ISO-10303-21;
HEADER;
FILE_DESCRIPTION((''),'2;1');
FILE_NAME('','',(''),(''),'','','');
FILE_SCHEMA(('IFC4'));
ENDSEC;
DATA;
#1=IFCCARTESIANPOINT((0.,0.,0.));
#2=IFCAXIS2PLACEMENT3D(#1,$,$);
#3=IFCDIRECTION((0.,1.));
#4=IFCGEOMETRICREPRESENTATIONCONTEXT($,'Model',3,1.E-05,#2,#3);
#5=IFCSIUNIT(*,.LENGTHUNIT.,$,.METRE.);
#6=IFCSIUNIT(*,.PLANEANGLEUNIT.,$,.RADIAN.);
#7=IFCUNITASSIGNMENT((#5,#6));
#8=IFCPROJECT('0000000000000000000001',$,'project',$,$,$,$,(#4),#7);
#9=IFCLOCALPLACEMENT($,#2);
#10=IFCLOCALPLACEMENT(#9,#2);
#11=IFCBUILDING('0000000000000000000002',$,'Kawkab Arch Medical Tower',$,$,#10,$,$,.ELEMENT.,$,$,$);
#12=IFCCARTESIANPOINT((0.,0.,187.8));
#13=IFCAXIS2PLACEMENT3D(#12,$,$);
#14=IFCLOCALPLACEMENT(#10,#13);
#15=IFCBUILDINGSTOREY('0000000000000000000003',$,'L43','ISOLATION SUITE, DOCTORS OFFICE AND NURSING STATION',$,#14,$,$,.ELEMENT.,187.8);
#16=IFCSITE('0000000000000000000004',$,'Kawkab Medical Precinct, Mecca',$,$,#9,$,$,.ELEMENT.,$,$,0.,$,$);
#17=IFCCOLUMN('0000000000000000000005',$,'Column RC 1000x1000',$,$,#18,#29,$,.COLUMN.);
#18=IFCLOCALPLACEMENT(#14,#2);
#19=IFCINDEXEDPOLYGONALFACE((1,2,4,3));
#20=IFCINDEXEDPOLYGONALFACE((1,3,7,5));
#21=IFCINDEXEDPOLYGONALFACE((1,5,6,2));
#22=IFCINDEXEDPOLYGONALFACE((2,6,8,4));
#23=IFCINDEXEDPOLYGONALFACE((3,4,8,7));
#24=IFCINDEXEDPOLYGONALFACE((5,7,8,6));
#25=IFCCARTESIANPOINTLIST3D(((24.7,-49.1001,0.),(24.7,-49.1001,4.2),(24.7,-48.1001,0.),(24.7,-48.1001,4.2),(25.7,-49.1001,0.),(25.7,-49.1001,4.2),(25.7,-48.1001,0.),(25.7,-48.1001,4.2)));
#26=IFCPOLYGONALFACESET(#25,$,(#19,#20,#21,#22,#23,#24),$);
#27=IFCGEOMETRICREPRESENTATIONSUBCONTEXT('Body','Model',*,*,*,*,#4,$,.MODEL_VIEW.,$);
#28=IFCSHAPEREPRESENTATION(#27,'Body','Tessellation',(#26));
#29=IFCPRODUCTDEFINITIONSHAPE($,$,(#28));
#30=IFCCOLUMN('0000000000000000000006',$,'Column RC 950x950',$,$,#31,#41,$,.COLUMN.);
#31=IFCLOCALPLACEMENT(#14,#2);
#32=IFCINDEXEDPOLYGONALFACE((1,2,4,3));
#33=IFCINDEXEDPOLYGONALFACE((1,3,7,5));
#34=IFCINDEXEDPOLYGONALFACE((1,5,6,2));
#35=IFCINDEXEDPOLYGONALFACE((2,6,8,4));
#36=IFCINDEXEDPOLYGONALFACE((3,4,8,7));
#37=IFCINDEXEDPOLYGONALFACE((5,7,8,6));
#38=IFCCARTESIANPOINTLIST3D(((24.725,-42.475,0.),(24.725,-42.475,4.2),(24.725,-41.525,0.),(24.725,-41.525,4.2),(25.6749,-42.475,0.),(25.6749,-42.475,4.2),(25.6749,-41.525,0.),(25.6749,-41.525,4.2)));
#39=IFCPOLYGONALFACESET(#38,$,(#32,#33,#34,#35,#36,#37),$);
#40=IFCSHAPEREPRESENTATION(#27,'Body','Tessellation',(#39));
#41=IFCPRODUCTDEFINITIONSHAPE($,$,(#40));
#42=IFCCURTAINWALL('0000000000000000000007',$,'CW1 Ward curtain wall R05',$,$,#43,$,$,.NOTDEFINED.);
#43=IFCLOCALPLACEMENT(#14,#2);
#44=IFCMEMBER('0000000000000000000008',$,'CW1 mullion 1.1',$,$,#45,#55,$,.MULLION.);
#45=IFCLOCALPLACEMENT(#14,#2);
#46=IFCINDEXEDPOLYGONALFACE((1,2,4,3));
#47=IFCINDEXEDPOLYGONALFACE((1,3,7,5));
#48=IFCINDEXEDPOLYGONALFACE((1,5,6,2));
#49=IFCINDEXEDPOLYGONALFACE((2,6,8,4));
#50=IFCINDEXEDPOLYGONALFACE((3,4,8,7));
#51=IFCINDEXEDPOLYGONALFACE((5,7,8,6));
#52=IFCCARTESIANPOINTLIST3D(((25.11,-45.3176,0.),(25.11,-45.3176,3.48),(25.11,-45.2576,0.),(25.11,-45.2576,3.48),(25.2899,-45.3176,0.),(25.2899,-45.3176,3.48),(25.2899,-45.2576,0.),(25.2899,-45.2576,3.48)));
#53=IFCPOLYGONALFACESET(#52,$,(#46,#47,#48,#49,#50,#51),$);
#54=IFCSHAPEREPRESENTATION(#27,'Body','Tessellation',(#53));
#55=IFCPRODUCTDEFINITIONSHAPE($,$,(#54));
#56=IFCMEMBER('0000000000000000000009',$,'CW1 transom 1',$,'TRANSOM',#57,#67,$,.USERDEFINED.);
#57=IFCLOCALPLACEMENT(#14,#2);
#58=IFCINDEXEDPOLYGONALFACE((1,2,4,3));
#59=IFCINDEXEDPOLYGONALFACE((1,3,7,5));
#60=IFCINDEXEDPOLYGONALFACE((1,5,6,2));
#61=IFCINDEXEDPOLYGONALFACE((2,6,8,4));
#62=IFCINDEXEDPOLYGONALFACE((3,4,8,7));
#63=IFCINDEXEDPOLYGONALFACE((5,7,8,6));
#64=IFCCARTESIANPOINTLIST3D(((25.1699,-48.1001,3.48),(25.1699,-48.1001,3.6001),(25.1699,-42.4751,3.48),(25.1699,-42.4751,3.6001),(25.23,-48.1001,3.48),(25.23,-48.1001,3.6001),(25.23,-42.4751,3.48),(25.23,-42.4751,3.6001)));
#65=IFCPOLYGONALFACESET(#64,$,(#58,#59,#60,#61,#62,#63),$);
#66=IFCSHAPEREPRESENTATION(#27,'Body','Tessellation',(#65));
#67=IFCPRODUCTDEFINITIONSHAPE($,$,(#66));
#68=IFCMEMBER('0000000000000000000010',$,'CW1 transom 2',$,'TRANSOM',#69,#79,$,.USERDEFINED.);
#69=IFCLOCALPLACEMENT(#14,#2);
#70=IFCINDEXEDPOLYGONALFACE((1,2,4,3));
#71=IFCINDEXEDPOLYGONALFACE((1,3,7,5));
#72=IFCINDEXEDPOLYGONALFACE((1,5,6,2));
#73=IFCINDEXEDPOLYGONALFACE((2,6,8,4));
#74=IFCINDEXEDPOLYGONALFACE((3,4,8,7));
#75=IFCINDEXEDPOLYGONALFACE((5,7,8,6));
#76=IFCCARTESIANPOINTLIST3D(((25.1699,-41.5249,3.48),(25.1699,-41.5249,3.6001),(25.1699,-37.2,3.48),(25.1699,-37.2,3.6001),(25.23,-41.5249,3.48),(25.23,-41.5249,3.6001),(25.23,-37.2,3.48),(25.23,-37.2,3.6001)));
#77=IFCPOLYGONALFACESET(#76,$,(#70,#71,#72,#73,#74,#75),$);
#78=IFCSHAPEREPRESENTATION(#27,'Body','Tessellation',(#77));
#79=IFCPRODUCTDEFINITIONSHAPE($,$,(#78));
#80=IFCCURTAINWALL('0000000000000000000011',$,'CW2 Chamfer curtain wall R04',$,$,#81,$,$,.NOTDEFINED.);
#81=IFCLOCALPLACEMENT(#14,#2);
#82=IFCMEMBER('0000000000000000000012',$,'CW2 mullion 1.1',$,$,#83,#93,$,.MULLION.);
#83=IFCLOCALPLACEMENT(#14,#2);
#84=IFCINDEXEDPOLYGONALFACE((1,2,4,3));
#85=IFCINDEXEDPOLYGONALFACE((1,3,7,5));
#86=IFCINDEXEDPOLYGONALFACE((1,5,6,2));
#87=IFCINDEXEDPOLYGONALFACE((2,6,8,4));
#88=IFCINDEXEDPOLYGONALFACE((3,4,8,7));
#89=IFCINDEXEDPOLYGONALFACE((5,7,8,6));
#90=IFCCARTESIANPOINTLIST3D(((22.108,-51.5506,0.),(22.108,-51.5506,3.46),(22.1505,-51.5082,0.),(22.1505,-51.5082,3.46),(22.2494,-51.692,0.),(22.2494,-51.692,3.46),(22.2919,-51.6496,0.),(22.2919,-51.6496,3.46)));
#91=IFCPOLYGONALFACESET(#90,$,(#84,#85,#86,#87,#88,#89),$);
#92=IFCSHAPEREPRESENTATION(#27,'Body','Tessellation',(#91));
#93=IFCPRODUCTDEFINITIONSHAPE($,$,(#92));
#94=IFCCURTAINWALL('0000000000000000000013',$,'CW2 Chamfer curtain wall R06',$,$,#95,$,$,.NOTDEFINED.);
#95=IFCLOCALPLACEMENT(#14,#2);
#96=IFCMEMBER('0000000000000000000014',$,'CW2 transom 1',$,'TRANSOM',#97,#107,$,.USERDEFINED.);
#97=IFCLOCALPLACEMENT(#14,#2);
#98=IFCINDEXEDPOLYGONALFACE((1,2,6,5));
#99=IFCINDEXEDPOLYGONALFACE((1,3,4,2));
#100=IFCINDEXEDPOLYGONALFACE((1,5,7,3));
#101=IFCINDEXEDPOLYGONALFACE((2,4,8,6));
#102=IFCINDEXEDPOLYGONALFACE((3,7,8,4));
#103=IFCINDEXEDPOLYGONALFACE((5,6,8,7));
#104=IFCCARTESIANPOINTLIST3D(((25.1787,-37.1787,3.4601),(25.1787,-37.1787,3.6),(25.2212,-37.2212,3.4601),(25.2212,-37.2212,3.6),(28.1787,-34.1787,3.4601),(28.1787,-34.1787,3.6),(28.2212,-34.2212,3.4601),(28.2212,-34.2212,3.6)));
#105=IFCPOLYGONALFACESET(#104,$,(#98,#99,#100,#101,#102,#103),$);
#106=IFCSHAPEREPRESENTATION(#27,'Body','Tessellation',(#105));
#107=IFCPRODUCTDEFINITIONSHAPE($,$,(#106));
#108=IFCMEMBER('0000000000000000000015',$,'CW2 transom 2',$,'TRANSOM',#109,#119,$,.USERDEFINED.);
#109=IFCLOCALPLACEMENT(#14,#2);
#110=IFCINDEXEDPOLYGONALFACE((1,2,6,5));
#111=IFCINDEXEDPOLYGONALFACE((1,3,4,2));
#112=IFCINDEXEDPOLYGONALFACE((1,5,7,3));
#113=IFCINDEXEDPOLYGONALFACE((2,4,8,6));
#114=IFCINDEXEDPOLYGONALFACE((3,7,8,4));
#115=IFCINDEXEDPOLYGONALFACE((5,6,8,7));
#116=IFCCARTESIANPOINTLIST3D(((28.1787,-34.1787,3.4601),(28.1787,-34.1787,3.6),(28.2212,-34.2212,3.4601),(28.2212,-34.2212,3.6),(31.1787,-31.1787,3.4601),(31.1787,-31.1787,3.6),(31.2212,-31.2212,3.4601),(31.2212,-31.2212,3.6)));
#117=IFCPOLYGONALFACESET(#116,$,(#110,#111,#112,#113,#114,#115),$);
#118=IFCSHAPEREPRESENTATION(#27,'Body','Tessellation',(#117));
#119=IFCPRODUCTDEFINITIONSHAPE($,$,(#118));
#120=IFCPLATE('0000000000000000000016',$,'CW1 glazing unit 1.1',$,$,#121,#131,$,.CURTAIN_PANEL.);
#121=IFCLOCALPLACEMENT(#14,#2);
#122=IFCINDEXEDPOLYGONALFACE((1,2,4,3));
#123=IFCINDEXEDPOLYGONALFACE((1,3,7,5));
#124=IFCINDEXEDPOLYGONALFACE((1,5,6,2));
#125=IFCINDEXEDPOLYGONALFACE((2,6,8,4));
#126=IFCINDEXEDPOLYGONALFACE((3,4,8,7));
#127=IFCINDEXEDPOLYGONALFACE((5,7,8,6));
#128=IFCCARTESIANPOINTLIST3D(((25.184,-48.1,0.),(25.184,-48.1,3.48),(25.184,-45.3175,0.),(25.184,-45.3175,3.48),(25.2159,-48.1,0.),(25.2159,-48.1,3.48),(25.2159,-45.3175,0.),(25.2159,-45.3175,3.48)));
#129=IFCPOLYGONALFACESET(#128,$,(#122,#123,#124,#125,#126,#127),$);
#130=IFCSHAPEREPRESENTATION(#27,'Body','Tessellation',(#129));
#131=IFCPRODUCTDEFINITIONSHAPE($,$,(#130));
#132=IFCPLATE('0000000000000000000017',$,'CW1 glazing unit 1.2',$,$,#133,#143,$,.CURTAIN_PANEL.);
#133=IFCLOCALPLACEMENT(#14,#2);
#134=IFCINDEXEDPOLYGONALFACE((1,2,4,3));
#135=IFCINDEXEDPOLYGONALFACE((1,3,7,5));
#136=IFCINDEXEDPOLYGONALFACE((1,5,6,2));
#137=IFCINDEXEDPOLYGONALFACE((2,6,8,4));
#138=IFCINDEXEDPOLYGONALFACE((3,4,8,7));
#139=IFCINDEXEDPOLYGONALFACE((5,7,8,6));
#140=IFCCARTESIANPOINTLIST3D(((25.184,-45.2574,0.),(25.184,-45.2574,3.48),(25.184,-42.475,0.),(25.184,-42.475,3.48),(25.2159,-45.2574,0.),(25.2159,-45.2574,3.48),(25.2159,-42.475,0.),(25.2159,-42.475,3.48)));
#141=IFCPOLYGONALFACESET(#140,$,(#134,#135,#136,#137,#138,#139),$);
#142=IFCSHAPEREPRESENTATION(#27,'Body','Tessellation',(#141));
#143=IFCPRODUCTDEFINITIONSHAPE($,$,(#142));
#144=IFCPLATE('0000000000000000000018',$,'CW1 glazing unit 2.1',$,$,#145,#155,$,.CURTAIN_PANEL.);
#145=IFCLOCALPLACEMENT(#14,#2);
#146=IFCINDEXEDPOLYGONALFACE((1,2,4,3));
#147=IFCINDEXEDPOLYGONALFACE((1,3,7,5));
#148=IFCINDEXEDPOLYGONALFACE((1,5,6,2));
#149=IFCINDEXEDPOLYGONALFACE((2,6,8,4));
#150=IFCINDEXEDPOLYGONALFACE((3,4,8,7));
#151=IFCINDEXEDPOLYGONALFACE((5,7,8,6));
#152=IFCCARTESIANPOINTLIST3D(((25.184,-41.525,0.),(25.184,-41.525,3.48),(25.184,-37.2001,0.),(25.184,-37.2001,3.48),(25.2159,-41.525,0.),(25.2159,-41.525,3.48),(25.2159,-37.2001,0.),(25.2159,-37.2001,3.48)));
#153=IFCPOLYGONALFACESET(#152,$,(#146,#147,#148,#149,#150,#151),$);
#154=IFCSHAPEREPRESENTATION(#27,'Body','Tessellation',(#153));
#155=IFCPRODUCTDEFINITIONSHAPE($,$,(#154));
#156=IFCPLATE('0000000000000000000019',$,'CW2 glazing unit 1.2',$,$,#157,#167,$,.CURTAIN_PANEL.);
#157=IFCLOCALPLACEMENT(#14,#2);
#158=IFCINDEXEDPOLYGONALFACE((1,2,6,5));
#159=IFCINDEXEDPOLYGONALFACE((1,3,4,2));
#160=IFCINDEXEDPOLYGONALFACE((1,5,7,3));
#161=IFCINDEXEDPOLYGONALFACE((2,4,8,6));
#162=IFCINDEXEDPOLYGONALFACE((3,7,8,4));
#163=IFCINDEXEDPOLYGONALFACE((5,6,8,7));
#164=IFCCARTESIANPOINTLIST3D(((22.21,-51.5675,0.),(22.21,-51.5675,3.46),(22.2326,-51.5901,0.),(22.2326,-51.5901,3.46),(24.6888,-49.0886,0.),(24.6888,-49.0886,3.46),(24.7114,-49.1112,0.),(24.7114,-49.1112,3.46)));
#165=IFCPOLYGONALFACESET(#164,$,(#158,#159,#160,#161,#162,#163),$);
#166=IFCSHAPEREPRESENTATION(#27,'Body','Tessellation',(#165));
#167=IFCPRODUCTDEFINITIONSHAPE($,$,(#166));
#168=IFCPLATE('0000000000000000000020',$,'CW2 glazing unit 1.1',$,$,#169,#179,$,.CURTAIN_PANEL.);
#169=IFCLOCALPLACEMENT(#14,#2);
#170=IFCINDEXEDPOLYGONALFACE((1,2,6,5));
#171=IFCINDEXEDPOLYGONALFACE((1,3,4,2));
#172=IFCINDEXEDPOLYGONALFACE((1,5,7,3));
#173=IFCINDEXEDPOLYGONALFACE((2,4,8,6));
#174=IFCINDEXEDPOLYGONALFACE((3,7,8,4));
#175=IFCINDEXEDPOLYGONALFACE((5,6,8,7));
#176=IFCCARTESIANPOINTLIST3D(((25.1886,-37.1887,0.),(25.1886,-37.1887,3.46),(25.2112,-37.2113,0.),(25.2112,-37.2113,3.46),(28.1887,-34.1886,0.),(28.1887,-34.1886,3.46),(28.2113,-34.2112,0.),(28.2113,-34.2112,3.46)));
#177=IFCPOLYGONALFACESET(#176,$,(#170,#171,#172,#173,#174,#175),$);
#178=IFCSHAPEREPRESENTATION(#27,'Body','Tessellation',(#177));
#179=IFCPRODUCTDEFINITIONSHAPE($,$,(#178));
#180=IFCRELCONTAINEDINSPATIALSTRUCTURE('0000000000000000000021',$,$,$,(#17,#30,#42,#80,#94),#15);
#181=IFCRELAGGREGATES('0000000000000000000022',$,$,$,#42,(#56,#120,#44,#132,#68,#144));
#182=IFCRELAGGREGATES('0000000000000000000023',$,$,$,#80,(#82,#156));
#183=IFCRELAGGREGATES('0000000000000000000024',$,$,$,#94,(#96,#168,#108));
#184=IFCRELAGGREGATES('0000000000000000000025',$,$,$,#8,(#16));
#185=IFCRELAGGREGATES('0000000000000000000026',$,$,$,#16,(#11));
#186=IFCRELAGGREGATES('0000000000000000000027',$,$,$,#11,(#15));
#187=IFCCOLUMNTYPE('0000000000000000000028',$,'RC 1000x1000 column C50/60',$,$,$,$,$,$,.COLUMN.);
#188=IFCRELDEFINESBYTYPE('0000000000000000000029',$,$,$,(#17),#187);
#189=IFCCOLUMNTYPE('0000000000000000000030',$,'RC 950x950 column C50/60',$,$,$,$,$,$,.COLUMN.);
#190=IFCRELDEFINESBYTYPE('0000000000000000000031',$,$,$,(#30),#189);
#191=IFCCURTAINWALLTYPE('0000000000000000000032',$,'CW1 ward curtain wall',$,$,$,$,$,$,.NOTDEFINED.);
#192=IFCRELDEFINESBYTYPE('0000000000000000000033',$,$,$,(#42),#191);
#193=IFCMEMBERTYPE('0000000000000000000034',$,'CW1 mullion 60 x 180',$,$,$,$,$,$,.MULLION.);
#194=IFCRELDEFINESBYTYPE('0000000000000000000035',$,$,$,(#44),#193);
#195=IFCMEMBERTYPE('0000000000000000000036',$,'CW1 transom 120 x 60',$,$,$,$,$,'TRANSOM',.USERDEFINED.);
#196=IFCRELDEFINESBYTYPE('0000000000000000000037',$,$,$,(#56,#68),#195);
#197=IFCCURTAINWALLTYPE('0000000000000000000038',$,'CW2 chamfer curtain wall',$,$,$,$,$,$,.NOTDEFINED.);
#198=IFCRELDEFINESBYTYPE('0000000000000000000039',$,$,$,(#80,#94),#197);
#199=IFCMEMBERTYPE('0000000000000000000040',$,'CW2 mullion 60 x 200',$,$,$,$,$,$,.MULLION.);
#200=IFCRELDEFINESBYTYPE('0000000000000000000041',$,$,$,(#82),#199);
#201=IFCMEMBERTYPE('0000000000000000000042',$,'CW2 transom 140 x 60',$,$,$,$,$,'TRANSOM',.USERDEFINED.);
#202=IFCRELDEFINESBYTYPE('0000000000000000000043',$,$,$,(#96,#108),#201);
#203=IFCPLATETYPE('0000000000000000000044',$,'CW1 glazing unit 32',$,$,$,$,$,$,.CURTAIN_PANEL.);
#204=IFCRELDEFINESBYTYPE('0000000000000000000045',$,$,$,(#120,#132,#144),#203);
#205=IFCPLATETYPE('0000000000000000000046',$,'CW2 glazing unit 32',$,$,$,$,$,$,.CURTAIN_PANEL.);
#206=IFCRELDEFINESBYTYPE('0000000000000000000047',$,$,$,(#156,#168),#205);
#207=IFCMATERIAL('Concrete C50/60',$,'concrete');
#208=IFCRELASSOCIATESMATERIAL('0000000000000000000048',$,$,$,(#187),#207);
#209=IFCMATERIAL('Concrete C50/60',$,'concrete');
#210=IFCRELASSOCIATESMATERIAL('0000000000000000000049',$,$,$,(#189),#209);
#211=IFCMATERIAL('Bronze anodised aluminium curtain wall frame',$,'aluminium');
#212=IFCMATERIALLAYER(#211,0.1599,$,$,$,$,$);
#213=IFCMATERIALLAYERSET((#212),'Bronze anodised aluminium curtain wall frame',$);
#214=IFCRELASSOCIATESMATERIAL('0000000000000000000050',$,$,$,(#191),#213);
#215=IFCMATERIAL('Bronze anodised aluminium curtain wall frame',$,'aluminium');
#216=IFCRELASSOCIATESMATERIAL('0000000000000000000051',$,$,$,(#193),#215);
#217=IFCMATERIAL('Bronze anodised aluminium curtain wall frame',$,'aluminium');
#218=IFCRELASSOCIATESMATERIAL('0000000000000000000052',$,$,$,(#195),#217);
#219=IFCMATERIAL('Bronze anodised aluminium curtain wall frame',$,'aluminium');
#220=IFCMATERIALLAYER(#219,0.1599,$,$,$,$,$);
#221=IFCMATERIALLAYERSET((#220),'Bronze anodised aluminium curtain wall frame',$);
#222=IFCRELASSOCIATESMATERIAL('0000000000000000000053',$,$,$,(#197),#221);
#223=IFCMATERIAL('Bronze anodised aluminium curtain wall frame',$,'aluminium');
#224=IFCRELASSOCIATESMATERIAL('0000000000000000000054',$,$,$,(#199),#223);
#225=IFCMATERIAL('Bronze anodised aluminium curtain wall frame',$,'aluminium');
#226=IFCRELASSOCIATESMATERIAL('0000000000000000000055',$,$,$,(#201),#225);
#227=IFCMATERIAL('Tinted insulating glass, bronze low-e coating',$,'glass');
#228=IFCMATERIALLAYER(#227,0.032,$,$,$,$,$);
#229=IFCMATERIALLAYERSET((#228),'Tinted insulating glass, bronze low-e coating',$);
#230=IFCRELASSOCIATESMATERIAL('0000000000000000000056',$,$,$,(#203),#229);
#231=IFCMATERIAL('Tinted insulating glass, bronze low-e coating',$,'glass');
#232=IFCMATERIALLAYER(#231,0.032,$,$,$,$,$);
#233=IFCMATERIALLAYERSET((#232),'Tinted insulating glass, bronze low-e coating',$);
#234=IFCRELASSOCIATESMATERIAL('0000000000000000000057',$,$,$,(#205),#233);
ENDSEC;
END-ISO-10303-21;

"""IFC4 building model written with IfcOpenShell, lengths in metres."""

from ifc_helpers import new_model, si_unit, direction, frame, origin, origin_2d, place, context, subcontext, project, spatial, rectangle, extrude, material, layer, layer_set, material_profile, profile_set, type_object, element, aggregate, save


model = new_model("IFC4")

# Units and contexts
model_context = context("Model", 3, precision=1e-05, world=origin(), true_north=direction((0.0, 1.0)))
body_context = subcontext(model_context, "Body", "Model", "MODEL_VIEW")
ifc_project = project(units=[si_unit("LENGTHUNIT", "METRE"), si_unit("PLANEANGLEUNIT", "RADIAN")], contexts=[model_context])

# Site, building, storey
site_placement = place(None, origin())
site = spatial("IfcSite", under=ifc_project, at=site_placement, Name="Kawkab Medical Precinct, Mecca", CompositionType="ELEMENT", RefElevation=0.0)
building_placement = place(site_placement, origin())
building = spatial("IfcBuilding", under=site, at=building_placement, Name="Kawkab Arch Medical Tower", CompositionType="ELEMENT")
storey_placement = place(building_placement, frame((0.0, 0.0, 187.8)))
storey = spatial("IfcBuildingStorey", under=building, at=storey_placement, Name="L43", Description="ISOLATION SUITE, DOCTORS OFFICE AND NURSING STATION", CompositionType="ELEMENT", Elevation=187.8)

# Columns
ifc_material_1 = material(Name="Concrete C50/60", Category="concrete")
ifc_material_profile_1 = material_profile(ifc_material_1, rectangle(XDim=1.0, YDim=1.0, at=origin_2d()), Name="RC 1000x1000")
ifc_profile_set_1 = profile_set([ifc_material_profile_1], Name="Concrete C50/60")
column_type_1 = type_object("IfcColumnType", Name="RC 1000x1000 column C50/60", PredefinedType="COLUMN", material=ifc_profile_set_1)
column_1_placement = place(storey_placement, frame((25.2, -48.6001, 0.0), z_axis=(0.0, 0.0, 1.0), x_axis=(1.0, 0.0, 0.0)))
element("IfcColumn", 1, at=column_1_placement, inside=storey, type_object=column_type_1, Name="Column RC 1000x1000", PredefinedType="COLUMN", context=body_context, shape_type="SweptSolid", body=[
    extrude(rectangle(XDim=1.0, YDim=1.0, at=origin_2d()), origin(), (0.0, 0.0, 1.0), 4.2),
])
ifc_material_2 = material(Name="Concrete C50/60", Category="concrete")
ifc_material_profile_2 = material_profile(ifc_material_2, rectangle(XDim=0.95, YDim=0.95, at=origin_2d()), Name="RC 950x950")
ifc_profile_set_2 = profile_set([ifc_material_profile_2], Name="Concrete C50/60")
column_type_2 = type_object("IfcColumnType", Name="RC 950x950 column C50/60", PredefinedType="COLUMN", material=ifc_profile_set_2)
column_2_placement = place(storey_placement, frame((25.2, -42.0, 0.0), z_axis=(0.0, 0.0, 1.0), x_axis=(1.0, 0.0, 0.0)))
element("IfcColumn", 2, at=column_2_placement, inside=storey, type_object=column_type_2, Name="Column RC 950x950", PredefinedType="COLUMN", context=body_context, shape_type="SweptSolid", body=[
    extrude(rectangle(XDim=0.95, YDim=0.95, at=origin_2d()), origin(), (0.0, 0.0, 1.0), 4.2),
])

# Curtain wall, members
ifc_material_3 = material(Name="Bronze anodised aluminium curtain wall frame", Category="aluminium")
ifc_layer_1 = layer(ifc_material_3, 0.1599)
ifc_layer_set_1 = layer_set([ifc_layer_1], Name="Bronze anodised aluminium curtain wall frame")
curtain_wall_type_1 = type_object("IfcCurtainWallType", Name="CW1 ward curtain wall", PredefinedType="NOTDEFINED", material=ifc_layer_set_1)
placement = place(storey_placement, origin())
curtain_wall_1 = element("IfcCurtainWall", 3, at=placement, inside=storey, type_object=curtain_wall_type_1, Name="CW1 Ward curtain wall R05", PredefinedType="NOTDEFINED")
ifc_material_4 = material(Name="Bronze anodised aluminium curtain wall frame", Category="aluminium")
ifc_material_profile_3 = material_profile(ifc_material_4, rectangle(XDim=0.1799, YDim=0.0601, at=origin_2d()), Name="AL 60x180")
ifc_profile_set_3 = profile_set([ifc_material_profile_3], Name="Bronze anodised aluminium curtain wall frame")
member_type_1 = type_object("IfcMemberType", Name="CW1 mullion 60 x 180", PredefinedType="MULLION", material=ifc_profile_set_3)
member_1_placement = place(storey_placement, frame((25.2, -45.2876, 0.0), z_axis=(0.0, 0.0, 1.0), x_axis=(-1.0, 0.0, 0.0)))
member_1 = element("IfcMember", 4, at=member_1_placement, type_object=member_type_1, Name="CW1 mullion 1.1", PredefinedType="MULLION", context=body_context, shape_type="SweptSolid", body=[
    extrude(rectangle(XDim=0.1799, YDim=0.0601, at=origin_2d()), origin(), (0.0, 0.0, 1.0), 3.48),
])
ifc_material_5 = material(Name="Bronze anodised aluminium curtain wall frame", Category="aluminium")
ifc_material_profile_4 = material_profile(ifc_material_5, rectangle(XDim=0.0601, YDim=0.1201, at=origin_2d()), Name="AL 60x120")
ifc_profile_set_4 = profile_set([ifc_material_profile_4], Name="Bronze anodised aluminium curtain wall frame")
member_type_2 = type_object("IfcMemberType", Name="CW1 transom 120 x 60", ElementType="TRANSOM", PredefinedType="USERDEFINED", material=ifc_profile_set_4)
member_2_placement = place(storey_placement, frame((25.2, -48.1001, 3.54), z_axis=(0.0, 1.0, 0.0), x_axis=(-1.0, 0.0, 0.0)))
member_2 = element("IfcMember", 5, at=member_2_placement, type_object=member_type_2, Name="CW1 transom 1", ObjectType="TRANSOM", PredefinedType="USERDEFINED", context=body_context, shape_type="SweptSolid", body=[
    extrude(rectangle(XDim=0.0601, YDim=0.1201, at=origin_2d()), origin(), (0.0, 0.0, 1.0), 5.625),
])
member_3_placement = place(storey_placement, frame((25.2, -41.5249, 3.54), z_axis=(0.0, 1.0, 0.0), x_axis=(-1.0, 0.0, 0.0)))
member_3 = element("IfcMember", 6, at=member_3_placement, type_object=member_type_2, Name="CW1 transom 2", ObjectType="TRANSOM", PredefinedType="USERDEFINED", context=body_context, shape_type="SweptSolid", body=[
    extrude(rectangle(XDim=0.0601, YDim=0.1201, at=origin_2d()), origin(), (0.0, 0.0, 1.0), 4.325),
])

# Curtain wall, member
ifc_material_6 = material(Name="Bronze anodised aluminium curtain wall frame", Category="aluminium")
ifc_layer_2 = layer(ifc_material_6, 0.1599)
ifc_layer_set_2 = layer_set([ifc_layer_2], Name="Bronze anodised aluminium curtain wall frame")
curtain_wall_type_2 = type_object("IfcCurtainWallType", Name="CW2 chamfer curtain wall", PredefinedType="NOTDEFINED", material=ifc_layer_set_2)
curtain_wall_2 = element("IfcCurtainWall", 7, at=placement, inside=storey, type_object=curtain_wall_type_2, Name="CW2 Chamfer curtain wall R04", PredefinedType="NOTDEFINED")
ifc_material_7 = material(Name="Bronze anodised aluminium curtain wall frame", Category="aluminium")
ifc_material_profile_5 = material_profile(ifc_material_7, rectangle(XDim=0.2, YDim=0.0601, at=origin_2d()), Name="AL 60x200")
ifc_profile_set_5 = profile_set([ifc_material_profile_5], Name="Bronze anodised aluminium curtain wall frame")
member_type_3 = type_object("IfcMemberType", Name="CW2 mullion 60 x 200", PredefinedType="MULLION", material=ifc_profile_set_5)
member_4_placement = place(storey_placement, frame((22.2, -51.6001, 0.0), z_axis=(0.0, 0.0, 1.0), x_axis=(-0.707107, 0.707107, 0.0)))
member_4 = element("IfcMember", 8, at=member_4_placement, type_object=member_type_3, Name="CW2 mullion 1.1", PredefinedType="MULLION", context=body_context, shape_type="SweptSolid", body=[
    extrude(rectangle(XDim=0.2, YDim=0.0601, at=origin_2d()), origin(), (0.0, 0.0, 1.0), 3.46),
])

# Curtain wall, members
curtain_wall_3 = element("IfcCurtainWall", 9, at=placement, inside=storey, type_object=curtain_wall_type_2, Name="CW2 Chamfer curtain wall R06", PredefinedType="NOTDEFINED")
ifc_material_8 = material(Name="Bronze anodised aluminium curtain wall frame", Category="aluminium")
ifc_material_profile_6 = material_profile(ifc_material_8, rectangle(XDim=0.0601, YDim=0.1399, at=origin_2d()), Name="AL 60x140")
ifc_profile_set_6 = profile_set([ifc_material_profile_6], Name="Bronze anodised aluminium curtain wall frame")
member_type_4 = type_object("IfcMemberType", Name="CW2 transom 140 x 60", ElementType="TRANSOM", PredefinedType="USERDEFINED", material=ifc_profile_set_6)
member_5_placement = place(storey_placement, frame((25.2, -37.2, 3.53), z_axis=(0.707107, 0.707107, 0.0), x_axis=(-0.707107, 0.707107, 0.0)))
member_5 = element("IfcMember", 10, at=member_5_placement, type_object=member_type_4, Name="CW2 transom 1", ObjectType="TRANSOM", PredefinedType="USERDEFINED", context=body_context, shape_type="SweptSolid", body=[
    extrude(rectangle(XDim=0.0601, YDim=0.1399, at=origin_2d()), origin(), (0.0, 0.0, 1.0), 4.2427),
])
member_6_placement = place(storey_placement, frame((28.2, -34.2, 3.53), z_axis=(0.707107, 0.707107, 0.0), x_axis=(-0.707107, 0.707107, 0.0)))
member_6 = element("IfcMember", 11, at=member_6_placement, type_object=member_type_4, Name="CW2 transom 2", ObjectType="TRANSOM", PredefinedType="USERDEFINED", context=body_context, shape_type="SweptSolid", body=[
    extrude(rectangle(XDim=0.0601, YDim=0.1399, at=origin_2d()), origin(), (0.0, 0.0, 1.0), 4.2427),
])

# Plates
ifc_material_9 = material(Name="Tinted insulating glass, bronze low-e coating", Category="glass")
ifc_layer_3 = layer(ifc_material_9, 0.032)
ifc_layer_set_3 = layer_set([ifc_layer_3], Name="Tinted insulating glass, bronze low-e coating")
plate_type_1 = type_object("IfcPlateType", Name="CW1 glazing unit 32", PredefinedType="CURTAIN_PANEL", material=ifc_layer_set_3)
plate_1_placement = place(storey_placement, frame((25.2, -46.7087, 0.0), z_axis=(0.0, 0.0, 1.0), x_axis=(0.0, 1.0, 0.0)))
plate_1 = element("IfcPlate", 12, at=plate_1_placement, type_object=plate_type_1, Name="CW1 glazing unit 1.1", PredefinedType="CURTAIN_PANEL", context=body_context, shape_type="SweptSolid", body=[
    extrude(rectangle(XDim=2.7825, YDim=0.032, at=origin_2d()), origin(), (0.0, 0.0, 1.0), 3.48),
])
plate_2_placement = place(storey_placement, frame((25.2, -43.8662, 0.0), z_axis=(0.0, 0.0, 1.0), x_axis=(0.0, 1.0, 0.0)))
plate_2 = element("IfcPlate", 13, at=plate_2_placement, type_object=plate_type_1, Name="CW1 glazing unit 1.2", PredefinedType="CURTAIN_PANEL", context=body_context, shape_type="SweptSolid", body=[
    extrude(rectangle(XDim=2.7825, YDim=0.032, at=origin_2d()), origin(), (0.0, 0.0, 1.0), 3.48),
])
plate_3_placement = place(storey_placement, frame((25.2, -39.3625, 0.0), z_axis=(0.0, 0.0, 1.0), x_axis=(0.0, 1.0, 0.0)))
plate_3 = element("IfcPlate", 14, at=plate_3_placement, type_object=plate_type_1, Name="CW1 glazing unit 2.1", PredefinedType="CURTAIN_PANEL", context=body_context, shape_type="SweptSolid", body=[
    extrude(rectangle(XDim=4.325, YDim=0.032, at=origin_2d()), origin(), (0.0, 0.0, 1.0), 3.48),
])
aggregate(curtain_wall_1, [member_2, plate_1, member_1, plate_2, member_3, plate_3])
ifc_material_10 = material(Name="Tinted insulating glass, bronze low-e coating", Category="glass")
ifc_layer_4 = layer(ifc_material_10, 0.032)
ifc_layer_set_4 = layer_set([ifc_layer_4], Name="Tinted insulating glass, bronze low-e coating")
plate_type_2 = type_object("IfcPlateType", Name="CW2 glazing unit 32", PredefinedType="CURTAIN_PANEL", material=ifc_layer_set_4)
plate_4_placement = place(storey_placement, frame((23.4607, -50.3394, 0.0), z_axis=(0.0, 0.0, 1.0), x_axis=(0.707107, 0.707107, 0.0)))
plate_4 = element("IfcPlate", 15, at=plate_4_placement, type_object=plate_type_2, Name="CW2 glazing unit 1.2", PredefinedType="CURTAIN_PANEL", context=body_context, shape_type="SweptSolid", body=[
    extrude(rectangle(XDim=3.5056, YDim=0.032, at=origin_2d()), origin(), (0.0, 0.0, 1.0), 3.46),
])
aggregate(curtain_wall_2, [member_4, plate_4])
plate_5_placement = place(storey_placement, frame((26.7, -35.7, 0.0), z_axis=(0.0, 0.0, 1.0), x_axis=(0.707107, 0.707107, 0.0)))
plate_5 = element("IfcPlate", 16, at=plate_5_placement, type_object=plate_type_2, Name="CW2 glazing unit 1.1", PredefinedType="CURTAIN_PANEL", context=body_context, shape_type="SweptSolid", body=[
    extrude(rectangle(XDim=4.2427, YDim=0.032, at=origin_2d()), origin(), (0.0, 0.0, 1.0), 3.46),
])
aggregate(curtain_wall_3, [member_5, plate_5, member_6])

save(model, "model.ifc")
